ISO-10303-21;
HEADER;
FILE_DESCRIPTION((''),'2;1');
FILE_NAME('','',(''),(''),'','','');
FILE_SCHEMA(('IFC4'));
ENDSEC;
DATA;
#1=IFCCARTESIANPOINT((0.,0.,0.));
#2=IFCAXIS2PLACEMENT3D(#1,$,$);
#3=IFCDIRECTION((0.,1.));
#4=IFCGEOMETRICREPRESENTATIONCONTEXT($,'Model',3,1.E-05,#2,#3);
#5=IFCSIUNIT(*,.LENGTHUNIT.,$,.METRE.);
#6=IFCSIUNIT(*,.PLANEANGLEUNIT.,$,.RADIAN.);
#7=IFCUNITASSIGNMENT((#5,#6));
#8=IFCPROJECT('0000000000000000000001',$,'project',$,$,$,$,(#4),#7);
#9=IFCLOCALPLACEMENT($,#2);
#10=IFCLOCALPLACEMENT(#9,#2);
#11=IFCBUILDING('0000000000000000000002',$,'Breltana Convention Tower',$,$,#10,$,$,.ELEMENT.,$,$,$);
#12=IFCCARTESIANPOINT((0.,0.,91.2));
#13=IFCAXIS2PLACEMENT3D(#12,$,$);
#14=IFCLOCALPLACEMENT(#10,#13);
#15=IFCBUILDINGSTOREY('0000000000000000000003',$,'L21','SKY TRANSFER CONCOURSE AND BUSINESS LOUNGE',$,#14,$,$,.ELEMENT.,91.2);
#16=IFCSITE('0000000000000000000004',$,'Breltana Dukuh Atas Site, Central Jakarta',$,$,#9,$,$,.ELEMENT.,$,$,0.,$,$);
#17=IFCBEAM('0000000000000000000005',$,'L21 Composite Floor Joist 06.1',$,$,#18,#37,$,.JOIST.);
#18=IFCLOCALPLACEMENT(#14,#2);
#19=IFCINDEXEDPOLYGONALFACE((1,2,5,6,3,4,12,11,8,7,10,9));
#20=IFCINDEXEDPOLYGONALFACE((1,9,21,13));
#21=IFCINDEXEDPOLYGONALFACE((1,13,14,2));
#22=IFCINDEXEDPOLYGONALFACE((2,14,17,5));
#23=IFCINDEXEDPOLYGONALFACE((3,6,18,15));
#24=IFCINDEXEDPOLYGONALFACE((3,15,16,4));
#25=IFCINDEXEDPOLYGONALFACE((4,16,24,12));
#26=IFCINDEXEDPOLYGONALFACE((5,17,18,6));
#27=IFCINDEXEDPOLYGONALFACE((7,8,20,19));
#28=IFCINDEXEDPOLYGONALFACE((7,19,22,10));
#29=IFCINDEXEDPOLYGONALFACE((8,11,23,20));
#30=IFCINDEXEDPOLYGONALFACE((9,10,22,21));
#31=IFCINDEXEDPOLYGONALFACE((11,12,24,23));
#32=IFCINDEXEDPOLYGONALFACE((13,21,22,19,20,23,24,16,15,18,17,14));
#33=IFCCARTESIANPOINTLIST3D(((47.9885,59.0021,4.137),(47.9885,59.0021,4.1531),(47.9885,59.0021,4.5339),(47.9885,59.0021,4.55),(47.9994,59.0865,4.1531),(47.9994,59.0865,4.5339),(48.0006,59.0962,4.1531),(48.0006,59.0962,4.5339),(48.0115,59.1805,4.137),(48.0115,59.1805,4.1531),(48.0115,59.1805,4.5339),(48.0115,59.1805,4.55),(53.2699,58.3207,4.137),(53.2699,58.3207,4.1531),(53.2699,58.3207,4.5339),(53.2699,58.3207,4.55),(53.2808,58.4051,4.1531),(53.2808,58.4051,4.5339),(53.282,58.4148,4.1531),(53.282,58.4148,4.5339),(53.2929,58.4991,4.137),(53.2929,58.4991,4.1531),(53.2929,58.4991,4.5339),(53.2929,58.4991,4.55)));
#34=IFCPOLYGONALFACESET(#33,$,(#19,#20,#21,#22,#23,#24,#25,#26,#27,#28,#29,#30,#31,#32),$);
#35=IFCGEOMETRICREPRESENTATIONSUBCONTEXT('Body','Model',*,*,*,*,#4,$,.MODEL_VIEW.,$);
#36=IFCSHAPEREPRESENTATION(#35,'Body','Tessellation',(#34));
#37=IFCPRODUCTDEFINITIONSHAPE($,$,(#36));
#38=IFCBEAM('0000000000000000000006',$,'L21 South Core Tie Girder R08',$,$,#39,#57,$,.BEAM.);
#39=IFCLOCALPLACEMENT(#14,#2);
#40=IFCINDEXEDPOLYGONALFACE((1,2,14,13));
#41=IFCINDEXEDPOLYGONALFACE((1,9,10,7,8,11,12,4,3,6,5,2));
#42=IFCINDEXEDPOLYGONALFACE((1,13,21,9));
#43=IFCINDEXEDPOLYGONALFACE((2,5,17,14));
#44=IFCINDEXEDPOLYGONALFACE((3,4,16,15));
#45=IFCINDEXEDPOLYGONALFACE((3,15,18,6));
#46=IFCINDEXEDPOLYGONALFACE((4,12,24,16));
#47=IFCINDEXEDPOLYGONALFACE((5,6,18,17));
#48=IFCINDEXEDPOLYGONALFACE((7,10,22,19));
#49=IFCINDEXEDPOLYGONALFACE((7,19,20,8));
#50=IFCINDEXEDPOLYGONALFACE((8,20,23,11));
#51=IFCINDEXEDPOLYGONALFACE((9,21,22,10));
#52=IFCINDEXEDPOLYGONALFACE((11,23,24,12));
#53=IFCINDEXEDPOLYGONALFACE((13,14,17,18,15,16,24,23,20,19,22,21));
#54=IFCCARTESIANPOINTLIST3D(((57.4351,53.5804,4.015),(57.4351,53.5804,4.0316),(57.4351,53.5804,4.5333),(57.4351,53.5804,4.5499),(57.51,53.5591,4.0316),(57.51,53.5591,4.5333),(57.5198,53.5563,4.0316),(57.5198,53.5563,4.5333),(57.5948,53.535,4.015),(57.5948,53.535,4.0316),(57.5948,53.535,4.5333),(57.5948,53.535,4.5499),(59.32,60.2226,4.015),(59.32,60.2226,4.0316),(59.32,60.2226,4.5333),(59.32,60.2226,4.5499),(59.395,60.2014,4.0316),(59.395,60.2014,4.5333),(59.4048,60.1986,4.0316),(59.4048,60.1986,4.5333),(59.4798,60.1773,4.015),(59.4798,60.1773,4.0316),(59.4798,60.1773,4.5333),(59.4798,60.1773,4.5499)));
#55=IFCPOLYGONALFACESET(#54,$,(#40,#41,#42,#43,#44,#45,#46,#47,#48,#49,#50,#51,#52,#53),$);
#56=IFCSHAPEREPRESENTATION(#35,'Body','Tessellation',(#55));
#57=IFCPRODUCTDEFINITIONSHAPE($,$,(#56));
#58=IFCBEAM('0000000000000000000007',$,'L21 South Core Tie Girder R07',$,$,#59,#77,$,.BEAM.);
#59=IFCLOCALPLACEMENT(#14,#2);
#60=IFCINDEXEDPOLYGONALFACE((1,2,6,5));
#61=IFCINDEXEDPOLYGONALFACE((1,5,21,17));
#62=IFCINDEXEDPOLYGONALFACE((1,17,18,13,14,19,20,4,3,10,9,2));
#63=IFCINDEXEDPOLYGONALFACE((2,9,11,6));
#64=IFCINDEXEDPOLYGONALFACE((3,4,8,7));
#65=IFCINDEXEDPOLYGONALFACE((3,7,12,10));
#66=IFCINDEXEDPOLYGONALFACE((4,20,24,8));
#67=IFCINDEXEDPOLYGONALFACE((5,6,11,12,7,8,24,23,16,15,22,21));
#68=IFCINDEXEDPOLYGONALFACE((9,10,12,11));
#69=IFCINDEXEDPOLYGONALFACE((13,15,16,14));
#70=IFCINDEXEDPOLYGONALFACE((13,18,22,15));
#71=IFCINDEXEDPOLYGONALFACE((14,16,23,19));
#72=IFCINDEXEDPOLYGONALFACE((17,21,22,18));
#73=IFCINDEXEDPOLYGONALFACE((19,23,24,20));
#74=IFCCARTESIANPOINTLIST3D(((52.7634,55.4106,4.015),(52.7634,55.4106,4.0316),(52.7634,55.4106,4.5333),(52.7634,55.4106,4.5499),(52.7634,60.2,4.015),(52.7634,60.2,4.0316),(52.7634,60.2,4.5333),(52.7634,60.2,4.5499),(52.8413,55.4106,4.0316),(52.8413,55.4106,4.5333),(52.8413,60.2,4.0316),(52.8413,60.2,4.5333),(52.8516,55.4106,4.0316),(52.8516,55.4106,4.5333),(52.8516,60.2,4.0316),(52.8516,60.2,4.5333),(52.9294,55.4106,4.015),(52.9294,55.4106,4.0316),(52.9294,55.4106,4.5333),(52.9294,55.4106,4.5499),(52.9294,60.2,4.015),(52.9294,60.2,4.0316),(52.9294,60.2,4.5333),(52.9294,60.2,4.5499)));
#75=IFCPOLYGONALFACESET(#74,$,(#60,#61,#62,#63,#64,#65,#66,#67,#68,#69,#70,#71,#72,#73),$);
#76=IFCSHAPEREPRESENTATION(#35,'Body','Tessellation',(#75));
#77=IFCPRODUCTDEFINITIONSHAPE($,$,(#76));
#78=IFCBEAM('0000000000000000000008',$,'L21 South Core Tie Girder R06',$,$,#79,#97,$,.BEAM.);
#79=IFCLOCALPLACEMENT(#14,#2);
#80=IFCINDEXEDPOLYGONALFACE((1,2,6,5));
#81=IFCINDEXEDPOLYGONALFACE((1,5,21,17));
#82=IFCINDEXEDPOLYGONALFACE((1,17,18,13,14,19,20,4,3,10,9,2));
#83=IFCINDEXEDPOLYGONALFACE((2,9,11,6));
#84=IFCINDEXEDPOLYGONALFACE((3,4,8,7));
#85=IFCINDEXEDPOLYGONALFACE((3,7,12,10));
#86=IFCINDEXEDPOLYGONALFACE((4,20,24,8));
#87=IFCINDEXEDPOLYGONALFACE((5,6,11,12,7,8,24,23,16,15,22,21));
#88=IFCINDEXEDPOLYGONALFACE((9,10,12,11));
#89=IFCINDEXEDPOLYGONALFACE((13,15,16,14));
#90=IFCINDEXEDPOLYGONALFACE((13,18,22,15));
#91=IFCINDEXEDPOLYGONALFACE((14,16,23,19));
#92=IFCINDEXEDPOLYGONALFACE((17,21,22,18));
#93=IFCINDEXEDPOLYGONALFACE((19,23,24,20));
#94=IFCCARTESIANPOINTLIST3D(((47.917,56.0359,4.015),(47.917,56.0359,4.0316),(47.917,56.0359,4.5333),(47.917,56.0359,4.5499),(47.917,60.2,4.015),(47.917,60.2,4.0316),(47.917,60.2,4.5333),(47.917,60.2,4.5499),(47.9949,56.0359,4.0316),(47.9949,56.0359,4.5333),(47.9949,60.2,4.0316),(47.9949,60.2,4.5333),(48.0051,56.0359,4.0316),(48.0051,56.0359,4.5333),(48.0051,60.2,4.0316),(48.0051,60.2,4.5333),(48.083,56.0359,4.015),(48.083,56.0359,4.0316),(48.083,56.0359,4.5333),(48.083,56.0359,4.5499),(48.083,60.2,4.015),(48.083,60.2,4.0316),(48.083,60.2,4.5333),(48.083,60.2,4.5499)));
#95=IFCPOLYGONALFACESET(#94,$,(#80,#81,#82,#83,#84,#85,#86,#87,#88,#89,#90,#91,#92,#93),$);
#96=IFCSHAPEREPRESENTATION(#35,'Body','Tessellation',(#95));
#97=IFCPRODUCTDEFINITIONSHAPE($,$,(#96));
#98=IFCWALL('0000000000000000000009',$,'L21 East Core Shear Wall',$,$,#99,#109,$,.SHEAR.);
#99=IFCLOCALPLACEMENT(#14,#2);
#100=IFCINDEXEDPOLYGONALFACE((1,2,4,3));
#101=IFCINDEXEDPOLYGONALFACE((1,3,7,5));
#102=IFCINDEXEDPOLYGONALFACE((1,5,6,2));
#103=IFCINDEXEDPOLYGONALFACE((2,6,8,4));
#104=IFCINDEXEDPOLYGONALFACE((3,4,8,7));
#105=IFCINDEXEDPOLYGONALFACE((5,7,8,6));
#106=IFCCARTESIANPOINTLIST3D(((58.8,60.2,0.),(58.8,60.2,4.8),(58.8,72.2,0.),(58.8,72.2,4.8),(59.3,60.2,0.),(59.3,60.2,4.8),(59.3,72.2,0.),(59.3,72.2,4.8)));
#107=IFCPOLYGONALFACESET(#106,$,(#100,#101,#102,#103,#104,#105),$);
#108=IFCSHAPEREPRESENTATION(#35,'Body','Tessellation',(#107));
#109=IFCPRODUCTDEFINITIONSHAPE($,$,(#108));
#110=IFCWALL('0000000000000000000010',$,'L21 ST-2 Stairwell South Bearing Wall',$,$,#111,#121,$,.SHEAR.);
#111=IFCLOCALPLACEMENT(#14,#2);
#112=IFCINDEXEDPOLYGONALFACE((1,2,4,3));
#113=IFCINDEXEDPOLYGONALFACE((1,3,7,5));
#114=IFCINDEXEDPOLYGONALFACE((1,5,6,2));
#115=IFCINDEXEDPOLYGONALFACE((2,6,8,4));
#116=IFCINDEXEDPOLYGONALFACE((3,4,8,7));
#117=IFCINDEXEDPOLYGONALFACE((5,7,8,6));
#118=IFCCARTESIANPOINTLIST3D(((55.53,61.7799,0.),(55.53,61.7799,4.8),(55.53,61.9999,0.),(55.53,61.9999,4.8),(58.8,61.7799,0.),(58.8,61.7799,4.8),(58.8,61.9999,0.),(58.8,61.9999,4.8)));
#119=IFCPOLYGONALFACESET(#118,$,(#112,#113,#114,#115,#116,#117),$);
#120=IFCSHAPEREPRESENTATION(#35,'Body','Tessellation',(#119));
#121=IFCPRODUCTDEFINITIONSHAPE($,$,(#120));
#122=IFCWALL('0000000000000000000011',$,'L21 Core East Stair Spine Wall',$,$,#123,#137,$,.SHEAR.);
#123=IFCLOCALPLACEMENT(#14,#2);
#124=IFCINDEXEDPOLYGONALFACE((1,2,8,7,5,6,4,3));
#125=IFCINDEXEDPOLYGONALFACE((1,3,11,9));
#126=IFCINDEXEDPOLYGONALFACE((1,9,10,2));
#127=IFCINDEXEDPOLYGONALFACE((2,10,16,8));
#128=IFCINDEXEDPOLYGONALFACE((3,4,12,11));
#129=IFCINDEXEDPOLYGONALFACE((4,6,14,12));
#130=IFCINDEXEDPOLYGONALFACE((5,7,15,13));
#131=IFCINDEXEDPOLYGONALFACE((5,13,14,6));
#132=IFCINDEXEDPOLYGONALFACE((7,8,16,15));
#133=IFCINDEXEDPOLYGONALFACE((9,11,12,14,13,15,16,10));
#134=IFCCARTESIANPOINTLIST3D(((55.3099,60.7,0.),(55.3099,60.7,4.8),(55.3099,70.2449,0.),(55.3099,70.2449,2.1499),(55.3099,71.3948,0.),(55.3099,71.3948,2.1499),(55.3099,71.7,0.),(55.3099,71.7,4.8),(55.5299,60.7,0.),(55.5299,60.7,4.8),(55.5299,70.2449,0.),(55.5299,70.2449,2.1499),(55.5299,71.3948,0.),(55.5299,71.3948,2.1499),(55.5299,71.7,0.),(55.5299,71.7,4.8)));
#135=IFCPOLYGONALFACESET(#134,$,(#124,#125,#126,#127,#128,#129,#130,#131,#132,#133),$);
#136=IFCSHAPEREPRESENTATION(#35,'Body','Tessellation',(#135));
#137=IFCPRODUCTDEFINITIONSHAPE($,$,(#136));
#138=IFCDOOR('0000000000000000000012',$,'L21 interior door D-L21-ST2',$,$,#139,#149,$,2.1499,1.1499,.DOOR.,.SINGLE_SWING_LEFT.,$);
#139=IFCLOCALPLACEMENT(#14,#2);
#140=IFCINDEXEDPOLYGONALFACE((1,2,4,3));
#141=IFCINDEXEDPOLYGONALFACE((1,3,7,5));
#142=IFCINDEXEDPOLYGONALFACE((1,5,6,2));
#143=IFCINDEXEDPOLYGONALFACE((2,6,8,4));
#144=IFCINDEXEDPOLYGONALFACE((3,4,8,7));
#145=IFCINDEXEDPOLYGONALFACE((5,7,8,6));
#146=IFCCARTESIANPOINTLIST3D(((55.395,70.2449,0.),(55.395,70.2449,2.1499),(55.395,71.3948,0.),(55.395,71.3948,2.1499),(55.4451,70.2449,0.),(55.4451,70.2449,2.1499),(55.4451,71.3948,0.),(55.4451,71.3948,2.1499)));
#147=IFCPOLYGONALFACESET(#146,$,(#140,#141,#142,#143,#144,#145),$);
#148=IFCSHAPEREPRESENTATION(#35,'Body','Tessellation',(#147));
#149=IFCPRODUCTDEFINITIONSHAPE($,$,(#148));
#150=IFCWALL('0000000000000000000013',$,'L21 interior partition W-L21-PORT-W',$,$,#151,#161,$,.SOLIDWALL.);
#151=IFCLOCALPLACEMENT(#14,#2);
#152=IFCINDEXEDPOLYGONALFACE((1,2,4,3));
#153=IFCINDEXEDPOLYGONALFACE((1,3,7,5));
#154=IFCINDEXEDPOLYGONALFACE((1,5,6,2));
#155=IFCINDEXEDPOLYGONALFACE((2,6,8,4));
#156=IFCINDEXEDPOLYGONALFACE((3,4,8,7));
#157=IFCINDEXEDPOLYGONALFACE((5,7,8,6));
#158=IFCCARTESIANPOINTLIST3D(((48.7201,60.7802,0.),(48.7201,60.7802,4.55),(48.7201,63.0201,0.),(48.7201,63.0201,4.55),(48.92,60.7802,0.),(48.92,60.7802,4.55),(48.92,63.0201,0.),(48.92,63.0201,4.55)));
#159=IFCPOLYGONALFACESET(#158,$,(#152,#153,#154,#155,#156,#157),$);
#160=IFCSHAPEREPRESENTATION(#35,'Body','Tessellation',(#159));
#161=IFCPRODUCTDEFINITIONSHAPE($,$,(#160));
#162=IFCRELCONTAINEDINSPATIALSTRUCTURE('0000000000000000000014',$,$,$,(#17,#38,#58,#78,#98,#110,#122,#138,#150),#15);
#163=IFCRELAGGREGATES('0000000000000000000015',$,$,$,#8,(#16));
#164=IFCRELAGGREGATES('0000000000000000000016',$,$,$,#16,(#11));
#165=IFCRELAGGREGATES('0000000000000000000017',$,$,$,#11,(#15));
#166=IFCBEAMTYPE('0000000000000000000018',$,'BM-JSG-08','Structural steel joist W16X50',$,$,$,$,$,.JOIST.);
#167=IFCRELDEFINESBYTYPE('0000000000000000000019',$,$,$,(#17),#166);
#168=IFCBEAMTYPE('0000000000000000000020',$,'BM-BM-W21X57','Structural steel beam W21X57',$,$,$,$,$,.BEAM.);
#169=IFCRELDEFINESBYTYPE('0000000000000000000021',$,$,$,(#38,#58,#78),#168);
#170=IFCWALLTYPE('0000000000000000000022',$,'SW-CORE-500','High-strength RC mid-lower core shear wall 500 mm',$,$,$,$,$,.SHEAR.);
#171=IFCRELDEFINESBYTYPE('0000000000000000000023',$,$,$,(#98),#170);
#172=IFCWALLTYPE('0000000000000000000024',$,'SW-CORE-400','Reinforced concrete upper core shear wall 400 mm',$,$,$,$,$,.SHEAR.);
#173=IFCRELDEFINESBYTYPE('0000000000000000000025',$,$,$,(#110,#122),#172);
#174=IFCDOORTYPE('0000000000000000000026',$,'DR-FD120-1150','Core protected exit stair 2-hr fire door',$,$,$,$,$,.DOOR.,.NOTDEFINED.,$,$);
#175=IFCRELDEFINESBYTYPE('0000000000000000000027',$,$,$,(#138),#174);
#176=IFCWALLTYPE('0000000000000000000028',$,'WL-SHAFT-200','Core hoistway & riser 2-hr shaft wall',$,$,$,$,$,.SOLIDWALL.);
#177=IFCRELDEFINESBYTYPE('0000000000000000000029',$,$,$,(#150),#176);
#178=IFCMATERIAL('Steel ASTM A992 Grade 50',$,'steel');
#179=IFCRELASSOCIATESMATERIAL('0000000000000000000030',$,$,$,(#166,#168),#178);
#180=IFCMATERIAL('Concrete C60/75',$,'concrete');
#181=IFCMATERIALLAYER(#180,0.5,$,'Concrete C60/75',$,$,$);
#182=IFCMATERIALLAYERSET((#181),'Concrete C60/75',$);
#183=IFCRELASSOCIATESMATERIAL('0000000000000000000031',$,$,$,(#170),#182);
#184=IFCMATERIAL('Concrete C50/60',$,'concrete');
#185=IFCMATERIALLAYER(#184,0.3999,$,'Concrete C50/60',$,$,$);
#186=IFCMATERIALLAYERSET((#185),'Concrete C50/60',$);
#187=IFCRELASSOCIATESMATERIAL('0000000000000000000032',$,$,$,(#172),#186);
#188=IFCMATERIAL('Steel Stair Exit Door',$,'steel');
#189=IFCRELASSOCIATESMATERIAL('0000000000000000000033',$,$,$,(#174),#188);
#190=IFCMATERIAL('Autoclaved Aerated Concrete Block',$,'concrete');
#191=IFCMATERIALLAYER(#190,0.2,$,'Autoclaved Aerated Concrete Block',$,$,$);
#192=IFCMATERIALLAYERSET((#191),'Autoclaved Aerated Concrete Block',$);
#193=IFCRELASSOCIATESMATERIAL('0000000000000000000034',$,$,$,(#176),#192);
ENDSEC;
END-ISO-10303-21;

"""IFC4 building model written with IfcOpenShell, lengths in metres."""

from ifc_helpers import new_model, si_unit, direction, frame, frame_2d, origin, origin_2d, place, context, subcontext, project, spatial, rectangle, i_section, extrude, source, transform, mapped, material, layer, layer_set, material_profile, profile_set, type_object, type_shapes, element, fill, save


model = new_model("IFC4")

# Units and contexts
model_context = context("Model", 3, precision=1e-05, world=origin(), true_north=direction((0.0, 1.0)))
body_context = subcontext(model_context, "Body", "Model", "MODEL_VIEW")
ifc_project = project(units=[si_unit("LENGTHUNIT", "METRE"), si_unit("PLANEANGLEUNIT", "RADIAN")], contexts=[model_context])

# Site, building, storey
site_placement = place(None, origin())
site = spatial("IfcSite", under=ifc_project, at=site_placement, Name="Breltana Dukuh Atas Site, Central Jakarta", CompositionType="ELEMENT", RefElevation=0.0)
building_placement = place(site_placement, origin())
building = spatial("IfcBuilding", under=site, at=building_placement, Name="Breltana Convention Tower", CompositionType="ELEMENT")
storey_placement = place(building_placement, frame((0.0, 0.0, 91.2)))
storey = spatial("IfcBuildingStorey", under=building, at=storey_placement, Name="L21", Description="SKY TRANSFER CONCOURSE AND BUSINESS LOUNGE", CompositionType="ELEMENT", Elevation=91.2)

# Beams
ifc_material_1 = material(Name="Steel ASTM A992 Grade 50", Category="steel")
ifc_material_profile_1 = material_profile(ifc_material_1, i_section(OverallWidth=0.1799, OverallDepth=0.4131, WebThickness=0.0098, FlangeThickness=0.0161, at=origin_2d()), Name="W16X50")
ifc_profile_set_1 = profile_set([ifc_material_profile_1], Name="Steel ASTM A992 Grade 50")
beam_type_1 = type_object("IfcBeamType", Name="BM-JSG-08", Description="Structural steel joist W16X50", PredefinedType="JOIST", material=ifc_profile_set_1)
shared_shape_1 = source(origin(), body_context, "Body", "SweptSolid", [
    extrude(i_section(OverallWidth=0.1799, OverallDepth=0.4131, WebThickness=0.0098, FlangeThickness=0.0161, at=origin_2d()), origin(), (0.0, 0.0, 1.0), 5.3252),
])
beam_1_placement = place(storey_placement, frame((48.0, 59.0913, 4.3435), z_axis=(0.99178, -0.127955, 0.0), x_axis=(0.127955, 0.99178, 0.0)))
element("IfcBeam", 1, at=beam_1_placement, inside=storey, type_object=beam_type_1, Name="L21 Composite Floor Joist 06.1", PredefinedType="JOIST", context=body_context, shape_type="MappedRepresentation", body=[
    mapped(shared_shape_1, transform((0.0, 0.0, 0.0), scale=1.0)),
])
ifc_material_profile_2 = material_profile(ifc_material_1, i_section(OverallWidth=0.166, OverallDepth=0.5349, WebThickness=0.0103, FlangeThickness=0.0166, at=origin_2d()), Name="W21X57")
ifc_profile_set_2 = profile_set([ifc_material_profile_2], Name="Steel ASTM A992 Grade 50")
beam_type_2 = type_object("IfcBeamType", Name="BM-BM-W21X57", Description="Structural steel beam W21X57", PredefinedType="BEAM", material=ifc_profile_set_2)
shared_shape_2 = source(origin(), body_context, "Body", "SweptSolid", [
    extrude(i_section(OverallWidth=0.166, OverallDepth=0.5349, WebThickness=0.0103, FlangeThickness=0.0166, at=origin_2d()), origin(), (0.0, 0.0, 1.0), 6.9045),
])
type_shapes(beam_type_2, [shared_shape_2])
beam_2_placement = place(storey_placement, frame((59.3999, 60.2, 4.2825), z_axis=(-0.273007, -0.962012, 0.0), x_axis=(0.962012, -0.273007, 0.0)))
element("IfcBeam", 2, at=beam_2_placement, inside=storey, type_object=beam_type_2, Name="L21 South Core Tie Girder R08", PredefinedType="BEAM", context=body_context, shape_type="MappedRepresentation", body=[
    mapped(shared_shape_2, transform((0.0, 0.0, 0.0), scale=1.0)),
])
shared_shape_3 = source(origin(), body_context, "Body", "SweptSolid", [
    extrude(i_section(OverallWidth=0.166, OverallDepth=0.5349, WebThickness=0.0103, FlangeThickness=0.0166, at=origin_2d()), origin(), (0.0, 0.0, 1.0), 4.7893),
])
beam_3_placement = place(storey_placement, frame((52.8464, 60.2, 4.2825), z_axis=(0.0, -1.0, 0.0), x_axis=(1.0, 0.0, 0.0)))
element("IfcBeam", 3, at=beam_3_placement, inside=storey, type_object=beam_type_2, Name="L21 South Core Tie Girder R07", PredefinedType="BEAM", context=body_context, shape_type="MappedRepresentation", body=[
    mapped(shared_shape_3, transform((0.0, 0.0, 0.0), scale=1.0)),
])
shared_shape_4 = source(origin(), body_context, "Body", "SweptSolid", [
    extrude(i_section(OverallWidth=0.166, OverallDepth=0.5349, WebThickness=0.0103, FlangeThickness=0.0166, at=origin_2d()), origin(), (0.0, 0.0, 1.0), 4.1641),
])
beam_4_placement = place(storey_placement, frame((48.0, 60.2, 4.2825), z_axis=(0.0, -1.0, 0.0), x_axis=(1.0, 0.0, 0.0)))
element("IfcBeam", 4, at=beam_4_placement, inside=storey, type_object=beam_type_2, Name="L21 South Core Tie Girder R06", PredefinedType="BEAM", context=body_context, shape_type="MappedRepresentation", body=[
    mapped(shared_shape_4, transform((0.0, 0.0, 0.0), scale=1.0)),
])

# Walls
ifc_material_2 = material(Name="Concrete C60/75", Category="concrete")
ifc_layer_1 = layer(ifc_material_2, 0.5, Name="Concrete C60/75")
ifc_layer_set_1 = layer_set([ifc_layer_1], Name="Concrete C60/75")
wall_type_1 = type_object("IfcWallType", Name="SW-CORE-500", Description="High-strength RC mid-lower core shear wall 500 mm", PredefinedType="SHEAR", material=ifc_layer_set_1)
shared_shape_5 = source(origin(), body_context, "Body", "SweptSolid", [
    extrude(rectangle(XDim=12.0, YDim=0.5, at=frame_2d((6.0, 0.0))), origin(), (0.0, 0.0, 1.0), 4.8),
])
wall_1_placement = place(storey_placement, frame((59.05, 60.2, 0.0), z_axis=(0.0, 0.0, 1.0), x_axis=(0.0, 1.0, 0.0)))
element("IfcWall", 5, at=wall_1_placement, inside=storey, type_object=wall_type_1, Name="L21 East Core Shear Wall", PredefinedType="SHEAR", context=body_context, shape_type="MappedRepresentation", body=[
    mapped(shared_shape_5, transform((0.0, 0.0, 0.0), scale=1.0)),
])
ifc_material_3 = material(Name="Concrete C50/60", Category="concrete")
ifc_layer_2 = layer(ifc_material_3, 0.3999, Name="Concrete C50/60")
ifc_layer_set_2 = layer_set([ifc_layer_2], Name="Concrete C50/60")
wall_type_2 = type_object("IfcWallType", Name="SW-CORE-400", Description="Reinforced concrete upper core shear wall 400 mm", PredefinedType="SHEAR", material=ifc_layer_set_2)
shared_shape_6 = source(origin(), body_context, "Body", "SweptSolid", [
    extrude(rectangle(XDim=3.27, YDim=0.22, at=frame_2d((1.635, 0.0))), origin(), (0.0, 0.0, 1.0), 4.8),
])
wall_2_placement = place(storey_placement, frame((55.53, 61.8899, 0.0), z_axis=(0.0, 0.0, 1.0), x_axis=(1.0, 0.0, 0.0)))
element("IfcWall", 6, at=wall_2_placement, inside=storey, type_object=wall_type_2, Name="L21 ST-2 Stairwell South Bearing Wall", PredefinedType="SHEAR", context=body_context, shape_type="MappedRepresentation", body=[
    mapped(shared_shape_6, transform((0.0, 0.0, 0.0), scale=1.0)),
])

# Wall, opening, door
shared_shape_7 = source(origin(), body_context, "Body", "SweptSolid", [
    extrude(rectangle(XDim=11.0, YDim=0.22, at=frame_2d((5.5, 0.0))), origin(), (0.0, 0.0, 1.0), 4.8),
])
wall_3_placement = place(storey_placement, frame((55.4199, 60.7, 0.0), z_axis=(0.0, 0.0, 1.0), x_axis=(0.0, 1.0, 0.0)))
wall_3 = element("IfcWall", 7, at=wall_3_placement, inside=storey, type_object=wall_type_2, Name="L21 Core East Stair Spine Wall", PredefinedType="SHEAR", context=body_context, shape_type="MappedRepresentation", body=[
    mapped(shared_shape_7, transform((0.0, 0.0, 0.0), scale=1.0)),
])
opening_1_placement = place(wall_3_placement, frame((9.5449, 0.0, 0.0)))
opening_1 = element("IfcOpeningElement", 8, at=opening_1_placement, cuts=wall_3, PredefinedType="OPENING", context=body_context, shape_type="SweptSolid", body=[
    extrude(rectangle(XDim=1.1499, YDim=2.1499, at=frame_2d((0.575, 1.075))), frame((0.0, 0.1201, 0.0), z_axis=(0.0, -1.0, 0.0), x_axis=(1.0, 0.0, 0.0)), (0.0, 0.0, 1.0), 0.24),
])
ifc_material_4 = material(Name="Steel Stair Exit Door", Category="steel")
door_type_1 = type_object("IfcDoorType", Name="DR-FD120-1150", Description="Core protected exit stair 2-hr fire door", OperationType="NOTDEFINED", PredefinedType="DOOR", material=ifc_material_4)
shared_shape_8 = source(origin(), body_context, "Body", "SweptSolid", [
    extrude(rectangle(XDim=1.1499, YDim=2.1499, at=frame_2d((0.575, 1.075))), frame((0.0, 0.0249, 0.0), z_axis=(0.0, -1.0, 0.0), x_axis=(1.0, 0.0, 0.0)), (0.0, 0.0, 1.0), 0.05),
])
type_shapes(door_type_1, [shared_shape_8])
door_1_placement = place(opening_1_placement, origin())
door_1 = element("IfcDoor", 9, at=door_1_placement, inside=storey, type_object=door_type_1, Name="L21 interior door D-L21-ST2", OperationType="SINGLE_SWING_LEFT", OverallHeight=2.1499, OverallWidth=1.1499, PredefinedType="DOOR", context=body_context, shape_type="MappedRepresentation", body=[
    mapped(shared_shape_8, transform((0.0, 0.0, 0.0), scale=1.0)),
])
fill(opening_1, door_1)

# Wall
ifc_material_5 = material(Name="Autoclaved Aerated Concrete Block", Category="concrete")
ifc_layer_3 = layer(ifc_material_5, 0.2, Name="Autoclaved Aerated Concrete Block")
ifc_layer_set_3 = layer_set([ifc_layer_3], Name="Autoclaved Aerated Concrete Block")
wall_type_3 = type_object("IfcWallType", Name="WL-SHAFT-200", Description="Core hoistway & riser 2-hr shaft wall", PredefinedType="SOLIDWALL", material=ifc_layer_set_3)
shared_shape_9 = source(origin(), body_context, "Body", "SweptSolid", [
    extrude(rectangle(XDim=2.24, YDim=0.2, at=frame_2d((1.1201, 0.0))), origin(), (0.0, 0.0, 1.0), 4.55),
])
for number, where, z_axis, x_axis, name in (
    (10, (48.8201, 60.78, 0.0), (0.0, 0.0, 1.0), (0.0, 1.0, 0.0), "L21 interior partition W-L21-PORT-W"),
):
    element("IfcWall", number, at=place(storey_placement, frame(where, z_axis=z_axis, x_axis=x_axis)), inside=storey, type_object=wall_type_3, Name=name, PredefinedType="SOLIDWALL", context=body_context, shape_type="MappedRepresentation", body=[
        mapped(shared_shape_9, transform((0.0, 0.0, 0.0), scale=1.0)),
    ])

save(model, "model.ifc")
